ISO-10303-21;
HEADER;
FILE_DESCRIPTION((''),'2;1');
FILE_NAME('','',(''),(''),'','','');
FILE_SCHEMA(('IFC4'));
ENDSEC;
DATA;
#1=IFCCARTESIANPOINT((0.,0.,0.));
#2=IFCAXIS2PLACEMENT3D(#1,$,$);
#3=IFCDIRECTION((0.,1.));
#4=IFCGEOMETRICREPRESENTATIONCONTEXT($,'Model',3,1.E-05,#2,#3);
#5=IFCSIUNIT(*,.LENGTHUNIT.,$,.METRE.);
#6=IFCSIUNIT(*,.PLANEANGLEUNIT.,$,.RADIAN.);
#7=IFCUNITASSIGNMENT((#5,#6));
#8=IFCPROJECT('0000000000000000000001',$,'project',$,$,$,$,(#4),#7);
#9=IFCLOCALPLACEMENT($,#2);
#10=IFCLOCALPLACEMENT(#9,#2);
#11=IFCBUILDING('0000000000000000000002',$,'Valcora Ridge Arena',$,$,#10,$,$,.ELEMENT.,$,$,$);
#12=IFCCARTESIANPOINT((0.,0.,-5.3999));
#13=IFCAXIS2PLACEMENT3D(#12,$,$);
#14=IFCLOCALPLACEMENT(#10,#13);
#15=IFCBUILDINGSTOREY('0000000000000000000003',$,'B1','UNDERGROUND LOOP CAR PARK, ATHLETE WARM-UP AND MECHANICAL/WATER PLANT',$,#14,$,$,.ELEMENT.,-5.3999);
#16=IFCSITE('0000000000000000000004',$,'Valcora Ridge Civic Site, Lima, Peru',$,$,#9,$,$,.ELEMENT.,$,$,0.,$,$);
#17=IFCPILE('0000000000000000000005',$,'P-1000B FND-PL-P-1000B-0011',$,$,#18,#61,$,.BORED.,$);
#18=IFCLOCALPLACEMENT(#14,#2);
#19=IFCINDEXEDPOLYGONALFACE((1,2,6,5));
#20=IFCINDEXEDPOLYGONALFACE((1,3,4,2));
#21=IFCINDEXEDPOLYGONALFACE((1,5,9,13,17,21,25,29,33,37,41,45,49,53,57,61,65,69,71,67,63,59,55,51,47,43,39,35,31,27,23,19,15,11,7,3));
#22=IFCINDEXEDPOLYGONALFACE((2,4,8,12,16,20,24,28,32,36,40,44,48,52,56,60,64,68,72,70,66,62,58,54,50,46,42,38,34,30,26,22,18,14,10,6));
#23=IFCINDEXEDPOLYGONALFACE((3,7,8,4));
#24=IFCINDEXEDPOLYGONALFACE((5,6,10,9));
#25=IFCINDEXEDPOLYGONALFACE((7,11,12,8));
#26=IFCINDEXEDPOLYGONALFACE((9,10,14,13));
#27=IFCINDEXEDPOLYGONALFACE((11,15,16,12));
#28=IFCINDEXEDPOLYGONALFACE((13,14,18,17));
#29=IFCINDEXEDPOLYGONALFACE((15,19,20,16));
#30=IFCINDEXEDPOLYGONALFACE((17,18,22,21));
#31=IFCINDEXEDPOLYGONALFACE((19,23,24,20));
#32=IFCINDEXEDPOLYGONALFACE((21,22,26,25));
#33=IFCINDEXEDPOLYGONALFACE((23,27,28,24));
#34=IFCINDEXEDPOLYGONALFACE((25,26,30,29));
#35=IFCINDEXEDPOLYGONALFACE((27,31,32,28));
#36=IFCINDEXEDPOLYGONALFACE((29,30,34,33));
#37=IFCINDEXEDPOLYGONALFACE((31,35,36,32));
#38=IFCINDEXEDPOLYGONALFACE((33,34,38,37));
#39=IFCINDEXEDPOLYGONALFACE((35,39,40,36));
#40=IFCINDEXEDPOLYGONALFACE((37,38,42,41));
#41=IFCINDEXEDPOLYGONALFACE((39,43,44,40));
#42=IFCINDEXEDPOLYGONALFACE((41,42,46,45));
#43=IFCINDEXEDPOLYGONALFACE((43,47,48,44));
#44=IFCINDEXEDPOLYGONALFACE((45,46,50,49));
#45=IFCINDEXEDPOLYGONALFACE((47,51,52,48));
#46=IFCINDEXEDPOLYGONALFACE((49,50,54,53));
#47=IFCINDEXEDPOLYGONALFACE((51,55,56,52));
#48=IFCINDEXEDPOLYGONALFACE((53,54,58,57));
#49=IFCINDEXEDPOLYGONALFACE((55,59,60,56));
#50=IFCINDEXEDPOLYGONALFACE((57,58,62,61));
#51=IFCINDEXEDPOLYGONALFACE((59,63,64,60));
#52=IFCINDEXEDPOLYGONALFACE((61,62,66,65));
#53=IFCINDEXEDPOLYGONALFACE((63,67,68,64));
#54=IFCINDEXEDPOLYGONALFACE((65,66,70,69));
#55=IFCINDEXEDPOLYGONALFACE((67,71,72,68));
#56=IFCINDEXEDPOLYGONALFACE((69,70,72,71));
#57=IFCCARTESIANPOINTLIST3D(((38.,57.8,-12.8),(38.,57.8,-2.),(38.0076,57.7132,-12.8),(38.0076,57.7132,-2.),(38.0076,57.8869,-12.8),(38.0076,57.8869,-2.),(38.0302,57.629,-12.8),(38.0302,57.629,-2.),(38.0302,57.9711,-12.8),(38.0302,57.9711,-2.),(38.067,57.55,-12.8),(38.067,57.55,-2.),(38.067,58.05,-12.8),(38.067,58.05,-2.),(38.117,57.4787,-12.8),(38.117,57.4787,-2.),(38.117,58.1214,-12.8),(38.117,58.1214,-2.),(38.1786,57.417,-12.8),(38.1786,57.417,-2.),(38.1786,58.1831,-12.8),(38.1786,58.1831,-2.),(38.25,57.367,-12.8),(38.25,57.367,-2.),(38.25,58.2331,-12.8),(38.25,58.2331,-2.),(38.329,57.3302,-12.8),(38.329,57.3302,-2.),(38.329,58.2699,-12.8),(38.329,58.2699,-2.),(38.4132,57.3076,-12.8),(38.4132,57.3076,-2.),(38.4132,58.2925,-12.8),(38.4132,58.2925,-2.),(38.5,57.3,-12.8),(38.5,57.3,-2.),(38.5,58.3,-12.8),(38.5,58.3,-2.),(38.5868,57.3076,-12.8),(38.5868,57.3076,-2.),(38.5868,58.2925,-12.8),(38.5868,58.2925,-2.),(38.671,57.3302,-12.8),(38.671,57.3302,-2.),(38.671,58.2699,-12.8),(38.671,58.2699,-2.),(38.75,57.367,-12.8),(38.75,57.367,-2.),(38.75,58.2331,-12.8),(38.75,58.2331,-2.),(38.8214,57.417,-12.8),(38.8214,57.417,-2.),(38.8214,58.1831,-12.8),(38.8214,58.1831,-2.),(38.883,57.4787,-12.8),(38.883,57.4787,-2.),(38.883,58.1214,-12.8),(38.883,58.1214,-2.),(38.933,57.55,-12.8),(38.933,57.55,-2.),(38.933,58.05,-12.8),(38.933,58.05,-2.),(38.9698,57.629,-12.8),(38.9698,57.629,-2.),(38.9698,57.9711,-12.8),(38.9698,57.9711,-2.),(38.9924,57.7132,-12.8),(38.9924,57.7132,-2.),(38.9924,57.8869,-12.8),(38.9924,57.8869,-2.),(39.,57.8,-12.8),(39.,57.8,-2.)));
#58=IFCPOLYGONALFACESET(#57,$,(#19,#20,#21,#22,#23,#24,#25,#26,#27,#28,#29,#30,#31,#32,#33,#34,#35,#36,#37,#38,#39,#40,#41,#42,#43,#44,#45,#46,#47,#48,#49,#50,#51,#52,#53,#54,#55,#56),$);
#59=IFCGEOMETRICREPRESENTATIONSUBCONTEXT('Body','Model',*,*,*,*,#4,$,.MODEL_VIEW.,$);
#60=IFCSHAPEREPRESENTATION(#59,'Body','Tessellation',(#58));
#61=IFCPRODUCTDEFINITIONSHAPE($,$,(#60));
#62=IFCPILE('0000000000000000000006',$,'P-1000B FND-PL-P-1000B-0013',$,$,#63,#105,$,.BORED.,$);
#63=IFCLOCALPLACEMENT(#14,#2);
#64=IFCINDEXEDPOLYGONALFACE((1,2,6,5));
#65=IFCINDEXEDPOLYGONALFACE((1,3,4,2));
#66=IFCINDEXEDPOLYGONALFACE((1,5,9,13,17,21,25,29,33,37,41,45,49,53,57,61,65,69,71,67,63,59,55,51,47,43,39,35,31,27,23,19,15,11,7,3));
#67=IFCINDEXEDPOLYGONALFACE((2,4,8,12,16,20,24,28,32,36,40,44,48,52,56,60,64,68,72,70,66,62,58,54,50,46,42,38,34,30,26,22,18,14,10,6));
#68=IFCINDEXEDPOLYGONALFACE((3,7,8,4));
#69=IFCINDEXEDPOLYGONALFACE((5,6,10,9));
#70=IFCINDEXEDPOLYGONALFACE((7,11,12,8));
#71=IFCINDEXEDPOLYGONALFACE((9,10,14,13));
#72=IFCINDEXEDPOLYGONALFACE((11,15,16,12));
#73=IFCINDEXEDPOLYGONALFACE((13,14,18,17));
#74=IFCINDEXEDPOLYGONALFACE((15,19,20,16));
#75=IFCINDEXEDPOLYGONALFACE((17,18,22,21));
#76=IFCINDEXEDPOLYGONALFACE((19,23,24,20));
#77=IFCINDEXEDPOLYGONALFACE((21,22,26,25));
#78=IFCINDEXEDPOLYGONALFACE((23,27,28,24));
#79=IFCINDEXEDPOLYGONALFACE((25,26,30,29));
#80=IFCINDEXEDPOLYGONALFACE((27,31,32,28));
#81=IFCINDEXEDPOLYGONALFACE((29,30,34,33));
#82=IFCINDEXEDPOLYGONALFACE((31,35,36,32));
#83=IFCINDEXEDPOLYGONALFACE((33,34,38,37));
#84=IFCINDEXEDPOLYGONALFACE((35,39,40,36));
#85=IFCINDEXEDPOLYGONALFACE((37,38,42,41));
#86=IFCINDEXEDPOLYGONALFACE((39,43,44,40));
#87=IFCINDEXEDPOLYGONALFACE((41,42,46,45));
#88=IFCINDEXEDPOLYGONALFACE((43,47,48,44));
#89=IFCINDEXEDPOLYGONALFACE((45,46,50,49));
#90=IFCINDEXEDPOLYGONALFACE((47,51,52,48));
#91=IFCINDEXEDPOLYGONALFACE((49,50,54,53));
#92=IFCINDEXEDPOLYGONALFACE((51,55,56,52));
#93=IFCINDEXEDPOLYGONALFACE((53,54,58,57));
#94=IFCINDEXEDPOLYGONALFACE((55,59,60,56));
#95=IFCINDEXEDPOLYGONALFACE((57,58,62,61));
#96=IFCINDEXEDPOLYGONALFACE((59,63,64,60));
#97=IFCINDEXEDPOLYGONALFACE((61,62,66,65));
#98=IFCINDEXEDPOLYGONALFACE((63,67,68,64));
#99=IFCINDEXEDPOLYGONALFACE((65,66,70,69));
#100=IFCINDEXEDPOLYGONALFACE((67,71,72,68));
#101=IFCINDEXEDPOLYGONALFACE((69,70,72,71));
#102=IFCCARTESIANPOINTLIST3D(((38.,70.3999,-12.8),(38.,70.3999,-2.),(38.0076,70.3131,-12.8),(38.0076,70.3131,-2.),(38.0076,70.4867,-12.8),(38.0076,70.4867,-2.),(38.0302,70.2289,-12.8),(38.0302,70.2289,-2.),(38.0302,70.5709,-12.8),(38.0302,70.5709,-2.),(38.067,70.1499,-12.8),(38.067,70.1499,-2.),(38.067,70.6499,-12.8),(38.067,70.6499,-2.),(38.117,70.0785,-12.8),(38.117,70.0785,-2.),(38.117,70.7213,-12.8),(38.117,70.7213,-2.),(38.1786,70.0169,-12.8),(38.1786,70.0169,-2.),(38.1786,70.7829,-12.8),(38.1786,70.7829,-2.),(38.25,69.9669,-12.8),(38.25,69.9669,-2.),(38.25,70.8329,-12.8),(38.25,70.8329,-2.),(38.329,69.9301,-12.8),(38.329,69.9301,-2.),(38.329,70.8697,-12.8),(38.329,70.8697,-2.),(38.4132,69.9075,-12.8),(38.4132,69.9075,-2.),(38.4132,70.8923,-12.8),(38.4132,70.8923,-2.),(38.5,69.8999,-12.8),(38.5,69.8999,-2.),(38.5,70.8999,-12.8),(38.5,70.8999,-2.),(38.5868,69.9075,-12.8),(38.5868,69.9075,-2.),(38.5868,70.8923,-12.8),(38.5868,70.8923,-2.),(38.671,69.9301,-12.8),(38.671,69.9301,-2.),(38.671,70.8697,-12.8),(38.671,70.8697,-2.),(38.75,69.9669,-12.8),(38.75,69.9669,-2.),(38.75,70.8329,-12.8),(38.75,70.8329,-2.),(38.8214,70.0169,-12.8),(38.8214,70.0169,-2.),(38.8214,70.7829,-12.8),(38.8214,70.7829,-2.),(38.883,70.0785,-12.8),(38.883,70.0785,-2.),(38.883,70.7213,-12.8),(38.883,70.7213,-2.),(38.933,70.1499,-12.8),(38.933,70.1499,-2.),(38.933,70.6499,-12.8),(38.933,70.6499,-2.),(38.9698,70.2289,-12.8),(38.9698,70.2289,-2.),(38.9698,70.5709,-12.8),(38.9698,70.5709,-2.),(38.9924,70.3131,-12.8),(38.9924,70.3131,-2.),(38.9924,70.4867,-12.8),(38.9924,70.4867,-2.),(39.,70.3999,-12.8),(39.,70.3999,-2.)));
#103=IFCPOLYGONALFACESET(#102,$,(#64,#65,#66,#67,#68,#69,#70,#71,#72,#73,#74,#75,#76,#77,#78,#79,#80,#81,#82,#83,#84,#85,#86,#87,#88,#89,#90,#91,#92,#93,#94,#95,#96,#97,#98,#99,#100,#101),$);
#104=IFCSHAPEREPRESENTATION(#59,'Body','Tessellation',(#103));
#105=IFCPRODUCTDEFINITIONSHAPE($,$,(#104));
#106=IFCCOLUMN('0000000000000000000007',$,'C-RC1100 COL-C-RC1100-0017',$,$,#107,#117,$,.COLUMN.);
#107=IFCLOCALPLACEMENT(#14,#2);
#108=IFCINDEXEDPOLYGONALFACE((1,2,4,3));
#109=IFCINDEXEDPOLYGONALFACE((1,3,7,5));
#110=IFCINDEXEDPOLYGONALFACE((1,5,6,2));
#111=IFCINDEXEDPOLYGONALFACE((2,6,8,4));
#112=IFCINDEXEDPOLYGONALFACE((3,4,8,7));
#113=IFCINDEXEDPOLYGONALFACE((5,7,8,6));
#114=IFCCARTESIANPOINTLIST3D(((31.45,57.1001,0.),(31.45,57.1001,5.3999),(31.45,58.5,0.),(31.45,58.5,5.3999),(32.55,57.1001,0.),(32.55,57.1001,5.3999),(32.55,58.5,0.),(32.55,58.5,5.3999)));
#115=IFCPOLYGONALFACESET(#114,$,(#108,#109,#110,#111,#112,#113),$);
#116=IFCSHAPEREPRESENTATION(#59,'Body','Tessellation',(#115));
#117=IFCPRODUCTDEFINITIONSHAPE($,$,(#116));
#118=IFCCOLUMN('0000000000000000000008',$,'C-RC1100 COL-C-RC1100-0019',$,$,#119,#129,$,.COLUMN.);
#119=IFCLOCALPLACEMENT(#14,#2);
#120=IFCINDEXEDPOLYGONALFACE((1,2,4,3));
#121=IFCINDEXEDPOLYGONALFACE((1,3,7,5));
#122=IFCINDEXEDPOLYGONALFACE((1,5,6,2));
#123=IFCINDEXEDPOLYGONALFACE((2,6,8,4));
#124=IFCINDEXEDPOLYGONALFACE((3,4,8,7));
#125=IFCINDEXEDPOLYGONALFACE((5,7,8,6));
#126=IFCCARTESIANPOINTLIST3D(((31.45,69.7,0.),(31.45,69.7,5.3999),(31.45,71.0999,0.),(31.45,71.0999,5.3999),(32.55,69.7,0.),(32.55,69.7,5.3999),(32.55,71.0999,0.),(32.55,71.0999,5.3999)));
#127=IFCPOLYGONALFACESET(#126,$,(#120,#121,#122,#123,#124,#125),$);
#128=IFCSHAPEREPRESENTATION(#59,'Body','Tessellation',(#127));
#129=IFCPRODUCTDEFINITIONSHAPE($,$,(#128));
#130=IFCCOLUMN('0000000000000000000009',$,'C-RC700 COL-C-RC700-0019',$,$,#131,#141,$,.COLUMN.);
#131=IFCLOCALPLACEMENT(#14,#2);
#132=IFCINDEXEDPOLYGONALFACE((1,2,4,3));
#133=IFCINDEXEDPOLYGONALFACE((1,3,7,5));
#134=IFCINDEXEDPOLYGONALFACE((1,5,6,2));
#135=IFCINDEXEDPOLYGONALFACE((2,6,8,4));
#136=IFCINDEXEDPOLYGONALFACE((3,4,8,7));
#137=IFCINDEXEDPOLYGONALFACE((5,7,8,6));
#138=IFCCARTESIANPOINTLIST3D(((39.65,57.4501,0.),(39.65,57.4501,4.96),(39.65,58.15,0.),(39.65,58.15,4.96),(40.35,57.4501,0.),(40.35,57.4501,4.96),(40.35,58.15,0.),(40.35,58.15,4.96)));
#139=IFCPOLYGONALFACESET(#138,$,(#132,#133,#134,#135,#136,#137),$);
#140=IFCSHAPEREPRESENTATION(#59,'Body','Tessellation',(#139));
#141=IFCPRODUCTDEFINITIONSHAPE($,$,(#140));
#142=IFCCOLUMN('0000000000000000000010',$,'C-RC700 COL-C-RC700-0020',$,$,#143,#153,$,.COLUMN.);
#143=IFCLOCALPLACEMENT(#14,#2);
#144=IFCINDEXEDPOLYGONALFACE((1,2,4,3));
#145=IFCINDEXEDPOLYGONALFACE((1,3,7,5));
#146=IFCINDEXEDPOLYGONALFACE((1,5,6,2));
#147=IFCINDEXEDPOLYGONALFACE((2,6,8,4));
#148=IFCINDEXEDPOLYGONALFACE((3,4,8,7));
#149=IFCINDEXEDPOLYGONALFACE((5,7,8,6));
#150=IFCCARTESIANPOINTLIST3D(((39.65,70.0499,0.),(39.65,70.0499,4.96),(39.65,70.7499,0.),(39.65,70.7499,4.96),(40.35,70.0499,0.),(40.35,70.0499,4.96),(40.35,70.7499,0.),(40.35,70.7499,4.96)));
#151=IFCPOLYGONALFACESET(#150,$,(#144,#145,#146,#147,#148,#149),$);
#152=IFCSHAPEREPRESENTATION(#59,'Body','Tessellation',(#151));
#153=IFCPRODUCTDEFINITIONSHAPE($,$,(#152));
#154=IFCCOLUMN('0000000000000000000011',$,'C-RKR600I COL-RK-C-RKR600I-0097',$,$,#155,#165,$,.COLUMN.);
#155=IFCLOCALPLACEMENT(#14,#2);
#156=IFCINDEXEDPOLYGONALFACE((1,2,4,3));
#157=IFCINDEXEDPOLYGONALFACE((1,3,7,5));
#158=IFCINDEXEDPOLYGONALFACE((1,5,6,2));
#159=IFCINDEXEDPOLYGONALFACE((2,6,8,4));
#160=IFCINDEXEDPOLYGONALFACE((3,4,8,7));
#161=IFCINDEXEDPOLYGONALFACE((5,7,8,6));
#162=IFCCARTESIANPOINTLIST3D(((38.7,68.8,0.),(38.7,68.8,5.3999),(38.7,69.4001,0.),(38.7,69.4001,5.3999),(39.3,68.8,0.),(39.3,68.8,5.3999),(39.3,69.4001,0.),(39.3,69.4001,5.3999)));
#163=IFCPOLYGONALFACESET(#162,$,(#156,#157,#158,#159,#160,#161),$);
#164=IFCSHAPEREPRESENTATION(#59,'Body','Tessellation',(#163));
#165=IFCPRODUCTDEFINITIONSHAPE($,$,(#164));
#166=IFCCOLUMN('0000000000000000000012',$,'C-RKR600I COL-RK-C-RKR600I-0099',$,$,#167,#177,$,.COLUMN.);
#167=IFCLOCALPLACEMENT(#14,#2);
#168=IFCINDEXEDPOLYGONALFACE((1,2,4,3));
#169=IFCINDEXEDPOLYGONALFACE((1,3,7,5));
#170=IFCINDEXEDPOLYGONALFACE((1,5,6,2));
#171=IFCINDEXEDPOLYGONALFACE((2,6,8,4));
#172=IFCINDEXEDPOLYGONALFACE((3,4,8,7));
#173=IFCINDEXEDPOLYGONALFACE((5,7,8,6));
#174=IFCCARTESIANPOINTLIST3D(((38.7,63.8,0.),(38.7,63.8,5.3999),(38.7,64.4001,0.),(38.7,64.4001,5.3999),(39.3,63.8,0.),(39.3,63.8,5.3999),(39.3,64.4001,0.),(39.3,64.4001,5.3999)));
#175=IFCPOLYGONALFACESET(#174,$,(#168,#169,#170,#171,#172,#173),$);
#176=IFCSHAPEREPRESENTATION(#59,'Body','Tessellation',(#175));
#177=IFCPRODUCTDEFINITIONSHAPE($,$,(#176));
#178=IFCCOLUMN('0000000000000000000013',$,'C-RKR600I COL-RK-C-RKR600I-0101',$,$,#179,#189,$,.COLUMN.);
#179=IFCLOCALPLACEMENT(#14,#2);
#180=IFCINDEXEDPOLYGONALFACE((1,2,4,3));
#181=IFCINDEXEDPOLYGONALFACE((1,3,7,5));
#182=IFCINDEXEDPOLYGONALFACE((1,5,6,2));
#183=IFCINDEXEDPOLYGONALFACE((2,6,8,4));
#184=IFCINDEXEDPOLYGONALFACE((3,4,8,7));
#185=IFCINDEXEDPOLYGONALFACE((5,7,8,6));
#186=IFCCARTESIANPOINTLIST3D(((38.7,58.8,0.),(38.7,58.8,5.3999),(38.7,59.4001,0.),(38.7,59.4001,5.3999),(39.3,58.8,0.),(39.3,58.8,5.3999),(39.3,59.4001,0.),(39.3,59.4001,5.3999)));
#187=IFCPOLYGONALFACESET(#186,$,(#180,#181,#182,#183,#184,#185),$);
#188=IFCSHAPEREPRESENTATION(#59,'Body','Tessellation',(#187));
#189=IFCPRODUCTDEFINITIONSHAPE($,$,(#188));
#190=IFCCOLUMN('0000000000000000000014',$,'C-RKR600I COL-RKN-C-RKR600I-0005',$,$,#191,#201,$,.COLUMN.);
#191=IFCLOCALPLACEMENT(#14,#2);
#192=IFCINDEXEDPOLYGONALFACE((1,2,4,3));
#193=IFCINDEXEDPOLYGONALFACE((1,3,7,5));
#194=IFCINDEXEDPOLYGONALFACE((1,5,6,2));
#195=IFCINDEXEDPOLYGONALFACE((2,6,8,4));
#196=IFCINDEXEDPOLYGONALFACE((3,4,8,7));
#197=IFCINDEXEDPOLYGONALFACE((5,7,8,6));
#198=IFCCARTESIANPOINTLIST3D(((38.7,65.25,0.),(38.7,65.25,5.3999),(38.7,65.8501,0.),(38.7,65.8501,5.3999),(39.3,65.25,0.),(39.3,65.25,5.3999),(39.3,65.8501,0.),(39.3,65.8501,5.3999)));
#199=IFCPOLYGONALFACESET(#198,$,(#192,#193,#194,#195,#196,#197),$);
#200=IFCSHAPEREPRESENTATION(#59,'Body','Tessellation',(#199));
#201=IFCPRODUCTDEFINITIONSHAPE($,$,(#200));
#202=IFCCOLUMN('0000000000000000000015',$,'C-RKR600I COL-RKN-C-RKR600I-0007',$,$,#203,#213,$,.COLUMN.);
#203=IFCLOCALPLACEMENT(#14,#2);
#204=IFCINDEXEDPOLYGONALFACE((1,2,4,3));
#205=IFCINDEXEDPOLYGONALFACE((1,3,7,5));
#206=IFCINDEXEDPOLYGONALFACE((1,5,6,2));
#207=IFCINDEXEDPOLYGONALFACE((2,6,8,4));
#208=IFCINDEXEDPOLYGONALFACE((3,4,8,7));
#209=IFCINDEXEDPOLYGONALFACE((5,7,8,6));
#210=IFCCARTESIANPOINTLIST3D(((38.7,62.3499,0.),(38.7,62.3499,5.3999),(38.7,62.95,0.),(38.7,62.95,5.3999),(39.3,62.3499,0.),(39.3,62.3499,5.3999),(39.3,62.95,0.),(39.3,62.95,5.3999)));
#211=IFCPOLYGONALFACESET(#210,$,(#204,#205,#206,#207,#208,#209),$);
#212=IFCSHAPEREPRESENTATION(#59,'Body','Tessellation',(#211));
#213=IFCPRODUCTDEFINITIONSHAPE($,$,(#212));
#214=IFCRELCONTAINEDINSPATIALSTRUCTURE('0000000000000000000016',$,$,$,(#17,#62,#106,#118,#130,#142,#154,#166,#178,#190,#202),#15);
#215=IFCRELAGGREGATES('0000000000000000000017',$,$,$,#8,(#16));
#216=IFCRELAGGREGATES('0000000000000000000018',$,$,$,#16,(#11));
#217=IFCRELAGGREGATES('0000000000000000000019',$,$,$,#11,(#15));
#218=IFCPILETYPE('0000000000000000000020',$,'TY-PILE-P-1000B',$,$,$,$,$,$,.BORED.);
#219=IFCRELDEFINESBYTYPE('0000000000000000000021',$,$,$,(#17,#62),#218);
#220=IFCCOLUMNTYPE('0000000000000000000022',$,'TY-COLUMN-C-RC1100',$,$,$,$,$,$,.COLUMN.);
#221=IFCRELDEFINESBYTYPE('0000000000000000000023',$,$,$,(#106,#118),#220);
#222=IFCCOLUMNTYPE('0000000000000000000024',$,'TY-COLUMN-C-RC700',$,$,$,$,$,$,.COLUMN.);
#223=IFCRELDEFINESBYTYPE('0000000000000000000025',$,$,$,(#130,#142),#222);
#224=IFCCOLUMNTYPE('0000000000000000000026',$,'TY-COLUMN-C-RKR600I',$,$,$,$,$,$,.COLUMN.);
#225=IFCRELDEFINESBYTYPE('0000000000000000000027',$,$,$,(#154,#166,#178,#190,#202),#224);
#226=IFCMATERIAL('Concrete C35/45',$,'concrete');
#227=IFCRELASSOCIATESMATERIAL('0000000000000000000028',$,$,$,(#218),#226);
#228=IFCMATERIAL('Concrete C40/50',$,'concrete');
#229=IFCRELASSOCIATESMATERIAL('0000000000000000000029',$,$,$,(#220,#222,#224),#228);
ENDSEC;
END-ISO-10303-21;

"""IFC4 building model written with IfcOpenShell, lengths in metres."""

from ifc_helpers import new_model, si_unit, direction, frame, origin, origin_2d, place, context, subcontext, project, spatial, rectangle, circle, extrude, material, material_profile, profile_set, type_object, element, save


model = new_model("IFC4")

# Units and contexts
model_context = context("Model", 3, precision=1e-05, world=origin(), true_north=direction((0.0, 1.0)))
body_context = subcontext(model_context, "Body", "Model", "MODEL_VIEW")
ifc_project = project(units=[si_unit("LENGTHUNIT", "METRE"), si_unit("PLANEANGLEUNIT", "RADIAN")], contexts=[model_context])

# Site, building, storey
site_placement = place(None, origin())
site = spatial("IfcSite", under=ifc_project, at=site_placement, Name="Valcora Ridge Civic Site, Lima, Peru", CompositionType="ELEMENT", RefElevation=0.0)
building_placement = place(site_placement, origin())
building = spatial("IfcBuilding", under=site, at=building_placement, Name="Valcora Ridge Arena", CompositionType="ELEMENT")
storey_placement = place(building_placement, frame((0.0, 0.0, -5.3999)))
storey = spatial("IfcBuildingStorey", under=building, at=storey_placement, Name="B1", Description="UNDERGROUND LOOP CAR PARK, ATHLETE WARM-UP AND MECHANICAL/WATER PLANT", CompositionType="ELEMENT", Elevation=-5.3999)

# Shared definitions
ifc_material_1 = material(Name="Concrete C40/50", Category="concrete")

# Piles
ifc_material_2 = material(Name="Concrete C35/45", Category="concrete")
ifc_material_profile_1 = material_profile(ifc_material_2, circle(Radius=0.5, at=origin_2d()), Name="BORED PILE D1000")
ifc_profile_set_1 = profile_set([ifc_material_profile_1], Name="Concrete C35/45")
pile_type = type_object("IfcPileType", Name="TY-PILE-P-1000B", PredefinedType="BORED", material=ifc_profile_set_1)
for number, where, z_axis, x_axis, name in (
    (1, (38.5, 57.8, -2.0), (0.0, 0.0, -1.0), (1.0, 0.0, 0.0), "P-1000B FND-PL-P-1000B-0011"),
    (2, (38.5, 70.3999, -2.0), (0.0, 0.0, -1.0), (1.0, 0.0, 0.0), "P-1000B FND-PL-P-1000B-0013"),
):
    element("IfcPile", number, at=place(storey_placement, frame(where, z_axis=z_axis, x_axis=x_axis)), inside=storey, type_object=pile_type, Name=name, PredefinedType="BORED", context=body_context, shape_type="SweptSolid", body=[
        extrude(circle(Radius=0.5, at=origin_2d()), origin(), (0.0, 0.0, 1.0), 10.8),
    ])

# Columns
ifc_material_profile_2 = material_profile(ifc_material_1, rectangle(XDim=1.1001, YDim=1.3999, at=origin_2d()), Name="RC 1100x1400")
ifc_profile_set_2 = profile_set([ifc_material_profile_2], Name="Concrete C40/50")
column_type_1 = type_object("IfcColumnType", Name="TY-COLUMN-C-RC1100", PredefinedType="COLUMN", material=ifc_profile_set_2)
for number, where, z_axis, x_axis, name in (
    (3, (32.0, 57.8, 0.0), (0.0, 0.0, 1.0), (1.0, 0.0, 0.0), "C-RC1100 COL-C-RC1100-0017"),
    (4, (32.0, 70.3999, 0.0), (0.0, 0.0, 1.0), (1.0, 0.0, 0.0), "C-RC1100 COL-C-RC1100-0019"),
):
    element("IfcColumn", number, at=place(storey_placement, frame(where, z_axis=z_axis, x_axis=x_axis)), inside=storey, type_object=column_type_1, Name=name, PredefinedType="COLUMN", context=body_context, shape_type="SweptSolid", body=[
        extrude(rectangle(XDim=1.1001, YDim=1.3999, at=origin_2d()), origin(), (0.0, 0.0, 1.0), 5.3999),
    ])
ifc_material_profile_3 = material_profile(ifc_material_1, rectangle(XDim=0.7, YDim=0.7, at=origin_2d()), Name="RC 700x700")
ifc_profile_set_3 = profile_set([ifc_material_profile_3], Name="Concrete C40/50")
column_type_2 = type_object("IfcColumnType", Name="TY-COLUMN-C-RC700", PredefinedType="COLUMN", material=ifc_profile_set_3)
for number, where, z_axis, x_axis, name in (
    (5, (40.0, 57.8, 0.0), (0.0, 0.0, 1.0), (1.0, 0.0, 0.0), "C-RC700 COL-C-RC700-0019"),
    (6, (40.0, 70.3999, 0.0), (0.0, 0.0, 1.0), (1.0, 0.0, 0.0), "C-RC700 COL-C-RC700-0020"),
):
    element("IfcColumn", number, at=place(storey_placement, frame(where, z_axis=z_axis, x_axis=x_axis)), inside=storey, type_object=column_type_2, Name=name, PredefinedType="COLUMN", context=body_context, shape_type="SweptSolid", body=[
        extrude(rectangle(XDim=0.7, YDim=0.7, at=origin_2d()), origin(), (0.0, 0.0, 1.0), 4.96),
    ])
ifc_material_profile_4 = material_profile(ifc_material_1, rectangle(XDim=0.6001, YDim=0.6001, at=origin_2d()), Name="RC 600x600")
ifc_profile_set_4 = profile_set([ifc_material_profile_4], Name="Concrete C40/50")
column_type_3 = type_object("IfcColumnType", Name="TY-COLUMN-C-RKR600I", PredefinedType="COLUMN", material=ifc_profile_set_4)
for number, where, z_axis, x_axis, name in (
    (7, (39.0, 69.1001, 0.0), (0.0, 0.0, 1.0), (1.0, 0.0, 0.0), "C-RKR600I COL-RK-C-RKR600I-0097"),
    (8, (39.0, 64.1001, 0.0), (0.0, 0.0, 1.0), (1.0, 0.0, 0.0), "C-RKR600I COL-RK-C-RKR600I-0099"),
    (9, (39.0, 59.1001, 0.0), (0.0, 0.0, 1.0), (1.0, 0.0, 0.0), "C-RKR600I COL-RK-C-RKR600I-0101"),
    (10, (39.0, 65.55, 0.0), (0.0, 0.0, 1.0), (1.0, 0.0, 0.0), "C-RKR600I COL-RKN-C-RKR600I-0005"),
    (11, (39.0, 62.6499, 0.0), (0.0, 0.0, 1.0), (1.0, 0.0, 0.0), "C-RKR600I COL-RKN-C-RKR600I-0007"),
):
    element("IfcColumn", number, at=place(storey_placement, frame(where, z_axis=z_axis, x_axis=x_axis)), inside=storey, type_object=column_type_3, Name=name, PredefinedType="COLUMN", context=body_context, shape_type="SweptSolid", body=[
        extrude(rectangle(XDim=0.6001, YDim=0.6001, at=origin_2d()), origin(), (0.0, 0.0, 1.0), 5.3999),
    ])

save(model, "model.ifc")
